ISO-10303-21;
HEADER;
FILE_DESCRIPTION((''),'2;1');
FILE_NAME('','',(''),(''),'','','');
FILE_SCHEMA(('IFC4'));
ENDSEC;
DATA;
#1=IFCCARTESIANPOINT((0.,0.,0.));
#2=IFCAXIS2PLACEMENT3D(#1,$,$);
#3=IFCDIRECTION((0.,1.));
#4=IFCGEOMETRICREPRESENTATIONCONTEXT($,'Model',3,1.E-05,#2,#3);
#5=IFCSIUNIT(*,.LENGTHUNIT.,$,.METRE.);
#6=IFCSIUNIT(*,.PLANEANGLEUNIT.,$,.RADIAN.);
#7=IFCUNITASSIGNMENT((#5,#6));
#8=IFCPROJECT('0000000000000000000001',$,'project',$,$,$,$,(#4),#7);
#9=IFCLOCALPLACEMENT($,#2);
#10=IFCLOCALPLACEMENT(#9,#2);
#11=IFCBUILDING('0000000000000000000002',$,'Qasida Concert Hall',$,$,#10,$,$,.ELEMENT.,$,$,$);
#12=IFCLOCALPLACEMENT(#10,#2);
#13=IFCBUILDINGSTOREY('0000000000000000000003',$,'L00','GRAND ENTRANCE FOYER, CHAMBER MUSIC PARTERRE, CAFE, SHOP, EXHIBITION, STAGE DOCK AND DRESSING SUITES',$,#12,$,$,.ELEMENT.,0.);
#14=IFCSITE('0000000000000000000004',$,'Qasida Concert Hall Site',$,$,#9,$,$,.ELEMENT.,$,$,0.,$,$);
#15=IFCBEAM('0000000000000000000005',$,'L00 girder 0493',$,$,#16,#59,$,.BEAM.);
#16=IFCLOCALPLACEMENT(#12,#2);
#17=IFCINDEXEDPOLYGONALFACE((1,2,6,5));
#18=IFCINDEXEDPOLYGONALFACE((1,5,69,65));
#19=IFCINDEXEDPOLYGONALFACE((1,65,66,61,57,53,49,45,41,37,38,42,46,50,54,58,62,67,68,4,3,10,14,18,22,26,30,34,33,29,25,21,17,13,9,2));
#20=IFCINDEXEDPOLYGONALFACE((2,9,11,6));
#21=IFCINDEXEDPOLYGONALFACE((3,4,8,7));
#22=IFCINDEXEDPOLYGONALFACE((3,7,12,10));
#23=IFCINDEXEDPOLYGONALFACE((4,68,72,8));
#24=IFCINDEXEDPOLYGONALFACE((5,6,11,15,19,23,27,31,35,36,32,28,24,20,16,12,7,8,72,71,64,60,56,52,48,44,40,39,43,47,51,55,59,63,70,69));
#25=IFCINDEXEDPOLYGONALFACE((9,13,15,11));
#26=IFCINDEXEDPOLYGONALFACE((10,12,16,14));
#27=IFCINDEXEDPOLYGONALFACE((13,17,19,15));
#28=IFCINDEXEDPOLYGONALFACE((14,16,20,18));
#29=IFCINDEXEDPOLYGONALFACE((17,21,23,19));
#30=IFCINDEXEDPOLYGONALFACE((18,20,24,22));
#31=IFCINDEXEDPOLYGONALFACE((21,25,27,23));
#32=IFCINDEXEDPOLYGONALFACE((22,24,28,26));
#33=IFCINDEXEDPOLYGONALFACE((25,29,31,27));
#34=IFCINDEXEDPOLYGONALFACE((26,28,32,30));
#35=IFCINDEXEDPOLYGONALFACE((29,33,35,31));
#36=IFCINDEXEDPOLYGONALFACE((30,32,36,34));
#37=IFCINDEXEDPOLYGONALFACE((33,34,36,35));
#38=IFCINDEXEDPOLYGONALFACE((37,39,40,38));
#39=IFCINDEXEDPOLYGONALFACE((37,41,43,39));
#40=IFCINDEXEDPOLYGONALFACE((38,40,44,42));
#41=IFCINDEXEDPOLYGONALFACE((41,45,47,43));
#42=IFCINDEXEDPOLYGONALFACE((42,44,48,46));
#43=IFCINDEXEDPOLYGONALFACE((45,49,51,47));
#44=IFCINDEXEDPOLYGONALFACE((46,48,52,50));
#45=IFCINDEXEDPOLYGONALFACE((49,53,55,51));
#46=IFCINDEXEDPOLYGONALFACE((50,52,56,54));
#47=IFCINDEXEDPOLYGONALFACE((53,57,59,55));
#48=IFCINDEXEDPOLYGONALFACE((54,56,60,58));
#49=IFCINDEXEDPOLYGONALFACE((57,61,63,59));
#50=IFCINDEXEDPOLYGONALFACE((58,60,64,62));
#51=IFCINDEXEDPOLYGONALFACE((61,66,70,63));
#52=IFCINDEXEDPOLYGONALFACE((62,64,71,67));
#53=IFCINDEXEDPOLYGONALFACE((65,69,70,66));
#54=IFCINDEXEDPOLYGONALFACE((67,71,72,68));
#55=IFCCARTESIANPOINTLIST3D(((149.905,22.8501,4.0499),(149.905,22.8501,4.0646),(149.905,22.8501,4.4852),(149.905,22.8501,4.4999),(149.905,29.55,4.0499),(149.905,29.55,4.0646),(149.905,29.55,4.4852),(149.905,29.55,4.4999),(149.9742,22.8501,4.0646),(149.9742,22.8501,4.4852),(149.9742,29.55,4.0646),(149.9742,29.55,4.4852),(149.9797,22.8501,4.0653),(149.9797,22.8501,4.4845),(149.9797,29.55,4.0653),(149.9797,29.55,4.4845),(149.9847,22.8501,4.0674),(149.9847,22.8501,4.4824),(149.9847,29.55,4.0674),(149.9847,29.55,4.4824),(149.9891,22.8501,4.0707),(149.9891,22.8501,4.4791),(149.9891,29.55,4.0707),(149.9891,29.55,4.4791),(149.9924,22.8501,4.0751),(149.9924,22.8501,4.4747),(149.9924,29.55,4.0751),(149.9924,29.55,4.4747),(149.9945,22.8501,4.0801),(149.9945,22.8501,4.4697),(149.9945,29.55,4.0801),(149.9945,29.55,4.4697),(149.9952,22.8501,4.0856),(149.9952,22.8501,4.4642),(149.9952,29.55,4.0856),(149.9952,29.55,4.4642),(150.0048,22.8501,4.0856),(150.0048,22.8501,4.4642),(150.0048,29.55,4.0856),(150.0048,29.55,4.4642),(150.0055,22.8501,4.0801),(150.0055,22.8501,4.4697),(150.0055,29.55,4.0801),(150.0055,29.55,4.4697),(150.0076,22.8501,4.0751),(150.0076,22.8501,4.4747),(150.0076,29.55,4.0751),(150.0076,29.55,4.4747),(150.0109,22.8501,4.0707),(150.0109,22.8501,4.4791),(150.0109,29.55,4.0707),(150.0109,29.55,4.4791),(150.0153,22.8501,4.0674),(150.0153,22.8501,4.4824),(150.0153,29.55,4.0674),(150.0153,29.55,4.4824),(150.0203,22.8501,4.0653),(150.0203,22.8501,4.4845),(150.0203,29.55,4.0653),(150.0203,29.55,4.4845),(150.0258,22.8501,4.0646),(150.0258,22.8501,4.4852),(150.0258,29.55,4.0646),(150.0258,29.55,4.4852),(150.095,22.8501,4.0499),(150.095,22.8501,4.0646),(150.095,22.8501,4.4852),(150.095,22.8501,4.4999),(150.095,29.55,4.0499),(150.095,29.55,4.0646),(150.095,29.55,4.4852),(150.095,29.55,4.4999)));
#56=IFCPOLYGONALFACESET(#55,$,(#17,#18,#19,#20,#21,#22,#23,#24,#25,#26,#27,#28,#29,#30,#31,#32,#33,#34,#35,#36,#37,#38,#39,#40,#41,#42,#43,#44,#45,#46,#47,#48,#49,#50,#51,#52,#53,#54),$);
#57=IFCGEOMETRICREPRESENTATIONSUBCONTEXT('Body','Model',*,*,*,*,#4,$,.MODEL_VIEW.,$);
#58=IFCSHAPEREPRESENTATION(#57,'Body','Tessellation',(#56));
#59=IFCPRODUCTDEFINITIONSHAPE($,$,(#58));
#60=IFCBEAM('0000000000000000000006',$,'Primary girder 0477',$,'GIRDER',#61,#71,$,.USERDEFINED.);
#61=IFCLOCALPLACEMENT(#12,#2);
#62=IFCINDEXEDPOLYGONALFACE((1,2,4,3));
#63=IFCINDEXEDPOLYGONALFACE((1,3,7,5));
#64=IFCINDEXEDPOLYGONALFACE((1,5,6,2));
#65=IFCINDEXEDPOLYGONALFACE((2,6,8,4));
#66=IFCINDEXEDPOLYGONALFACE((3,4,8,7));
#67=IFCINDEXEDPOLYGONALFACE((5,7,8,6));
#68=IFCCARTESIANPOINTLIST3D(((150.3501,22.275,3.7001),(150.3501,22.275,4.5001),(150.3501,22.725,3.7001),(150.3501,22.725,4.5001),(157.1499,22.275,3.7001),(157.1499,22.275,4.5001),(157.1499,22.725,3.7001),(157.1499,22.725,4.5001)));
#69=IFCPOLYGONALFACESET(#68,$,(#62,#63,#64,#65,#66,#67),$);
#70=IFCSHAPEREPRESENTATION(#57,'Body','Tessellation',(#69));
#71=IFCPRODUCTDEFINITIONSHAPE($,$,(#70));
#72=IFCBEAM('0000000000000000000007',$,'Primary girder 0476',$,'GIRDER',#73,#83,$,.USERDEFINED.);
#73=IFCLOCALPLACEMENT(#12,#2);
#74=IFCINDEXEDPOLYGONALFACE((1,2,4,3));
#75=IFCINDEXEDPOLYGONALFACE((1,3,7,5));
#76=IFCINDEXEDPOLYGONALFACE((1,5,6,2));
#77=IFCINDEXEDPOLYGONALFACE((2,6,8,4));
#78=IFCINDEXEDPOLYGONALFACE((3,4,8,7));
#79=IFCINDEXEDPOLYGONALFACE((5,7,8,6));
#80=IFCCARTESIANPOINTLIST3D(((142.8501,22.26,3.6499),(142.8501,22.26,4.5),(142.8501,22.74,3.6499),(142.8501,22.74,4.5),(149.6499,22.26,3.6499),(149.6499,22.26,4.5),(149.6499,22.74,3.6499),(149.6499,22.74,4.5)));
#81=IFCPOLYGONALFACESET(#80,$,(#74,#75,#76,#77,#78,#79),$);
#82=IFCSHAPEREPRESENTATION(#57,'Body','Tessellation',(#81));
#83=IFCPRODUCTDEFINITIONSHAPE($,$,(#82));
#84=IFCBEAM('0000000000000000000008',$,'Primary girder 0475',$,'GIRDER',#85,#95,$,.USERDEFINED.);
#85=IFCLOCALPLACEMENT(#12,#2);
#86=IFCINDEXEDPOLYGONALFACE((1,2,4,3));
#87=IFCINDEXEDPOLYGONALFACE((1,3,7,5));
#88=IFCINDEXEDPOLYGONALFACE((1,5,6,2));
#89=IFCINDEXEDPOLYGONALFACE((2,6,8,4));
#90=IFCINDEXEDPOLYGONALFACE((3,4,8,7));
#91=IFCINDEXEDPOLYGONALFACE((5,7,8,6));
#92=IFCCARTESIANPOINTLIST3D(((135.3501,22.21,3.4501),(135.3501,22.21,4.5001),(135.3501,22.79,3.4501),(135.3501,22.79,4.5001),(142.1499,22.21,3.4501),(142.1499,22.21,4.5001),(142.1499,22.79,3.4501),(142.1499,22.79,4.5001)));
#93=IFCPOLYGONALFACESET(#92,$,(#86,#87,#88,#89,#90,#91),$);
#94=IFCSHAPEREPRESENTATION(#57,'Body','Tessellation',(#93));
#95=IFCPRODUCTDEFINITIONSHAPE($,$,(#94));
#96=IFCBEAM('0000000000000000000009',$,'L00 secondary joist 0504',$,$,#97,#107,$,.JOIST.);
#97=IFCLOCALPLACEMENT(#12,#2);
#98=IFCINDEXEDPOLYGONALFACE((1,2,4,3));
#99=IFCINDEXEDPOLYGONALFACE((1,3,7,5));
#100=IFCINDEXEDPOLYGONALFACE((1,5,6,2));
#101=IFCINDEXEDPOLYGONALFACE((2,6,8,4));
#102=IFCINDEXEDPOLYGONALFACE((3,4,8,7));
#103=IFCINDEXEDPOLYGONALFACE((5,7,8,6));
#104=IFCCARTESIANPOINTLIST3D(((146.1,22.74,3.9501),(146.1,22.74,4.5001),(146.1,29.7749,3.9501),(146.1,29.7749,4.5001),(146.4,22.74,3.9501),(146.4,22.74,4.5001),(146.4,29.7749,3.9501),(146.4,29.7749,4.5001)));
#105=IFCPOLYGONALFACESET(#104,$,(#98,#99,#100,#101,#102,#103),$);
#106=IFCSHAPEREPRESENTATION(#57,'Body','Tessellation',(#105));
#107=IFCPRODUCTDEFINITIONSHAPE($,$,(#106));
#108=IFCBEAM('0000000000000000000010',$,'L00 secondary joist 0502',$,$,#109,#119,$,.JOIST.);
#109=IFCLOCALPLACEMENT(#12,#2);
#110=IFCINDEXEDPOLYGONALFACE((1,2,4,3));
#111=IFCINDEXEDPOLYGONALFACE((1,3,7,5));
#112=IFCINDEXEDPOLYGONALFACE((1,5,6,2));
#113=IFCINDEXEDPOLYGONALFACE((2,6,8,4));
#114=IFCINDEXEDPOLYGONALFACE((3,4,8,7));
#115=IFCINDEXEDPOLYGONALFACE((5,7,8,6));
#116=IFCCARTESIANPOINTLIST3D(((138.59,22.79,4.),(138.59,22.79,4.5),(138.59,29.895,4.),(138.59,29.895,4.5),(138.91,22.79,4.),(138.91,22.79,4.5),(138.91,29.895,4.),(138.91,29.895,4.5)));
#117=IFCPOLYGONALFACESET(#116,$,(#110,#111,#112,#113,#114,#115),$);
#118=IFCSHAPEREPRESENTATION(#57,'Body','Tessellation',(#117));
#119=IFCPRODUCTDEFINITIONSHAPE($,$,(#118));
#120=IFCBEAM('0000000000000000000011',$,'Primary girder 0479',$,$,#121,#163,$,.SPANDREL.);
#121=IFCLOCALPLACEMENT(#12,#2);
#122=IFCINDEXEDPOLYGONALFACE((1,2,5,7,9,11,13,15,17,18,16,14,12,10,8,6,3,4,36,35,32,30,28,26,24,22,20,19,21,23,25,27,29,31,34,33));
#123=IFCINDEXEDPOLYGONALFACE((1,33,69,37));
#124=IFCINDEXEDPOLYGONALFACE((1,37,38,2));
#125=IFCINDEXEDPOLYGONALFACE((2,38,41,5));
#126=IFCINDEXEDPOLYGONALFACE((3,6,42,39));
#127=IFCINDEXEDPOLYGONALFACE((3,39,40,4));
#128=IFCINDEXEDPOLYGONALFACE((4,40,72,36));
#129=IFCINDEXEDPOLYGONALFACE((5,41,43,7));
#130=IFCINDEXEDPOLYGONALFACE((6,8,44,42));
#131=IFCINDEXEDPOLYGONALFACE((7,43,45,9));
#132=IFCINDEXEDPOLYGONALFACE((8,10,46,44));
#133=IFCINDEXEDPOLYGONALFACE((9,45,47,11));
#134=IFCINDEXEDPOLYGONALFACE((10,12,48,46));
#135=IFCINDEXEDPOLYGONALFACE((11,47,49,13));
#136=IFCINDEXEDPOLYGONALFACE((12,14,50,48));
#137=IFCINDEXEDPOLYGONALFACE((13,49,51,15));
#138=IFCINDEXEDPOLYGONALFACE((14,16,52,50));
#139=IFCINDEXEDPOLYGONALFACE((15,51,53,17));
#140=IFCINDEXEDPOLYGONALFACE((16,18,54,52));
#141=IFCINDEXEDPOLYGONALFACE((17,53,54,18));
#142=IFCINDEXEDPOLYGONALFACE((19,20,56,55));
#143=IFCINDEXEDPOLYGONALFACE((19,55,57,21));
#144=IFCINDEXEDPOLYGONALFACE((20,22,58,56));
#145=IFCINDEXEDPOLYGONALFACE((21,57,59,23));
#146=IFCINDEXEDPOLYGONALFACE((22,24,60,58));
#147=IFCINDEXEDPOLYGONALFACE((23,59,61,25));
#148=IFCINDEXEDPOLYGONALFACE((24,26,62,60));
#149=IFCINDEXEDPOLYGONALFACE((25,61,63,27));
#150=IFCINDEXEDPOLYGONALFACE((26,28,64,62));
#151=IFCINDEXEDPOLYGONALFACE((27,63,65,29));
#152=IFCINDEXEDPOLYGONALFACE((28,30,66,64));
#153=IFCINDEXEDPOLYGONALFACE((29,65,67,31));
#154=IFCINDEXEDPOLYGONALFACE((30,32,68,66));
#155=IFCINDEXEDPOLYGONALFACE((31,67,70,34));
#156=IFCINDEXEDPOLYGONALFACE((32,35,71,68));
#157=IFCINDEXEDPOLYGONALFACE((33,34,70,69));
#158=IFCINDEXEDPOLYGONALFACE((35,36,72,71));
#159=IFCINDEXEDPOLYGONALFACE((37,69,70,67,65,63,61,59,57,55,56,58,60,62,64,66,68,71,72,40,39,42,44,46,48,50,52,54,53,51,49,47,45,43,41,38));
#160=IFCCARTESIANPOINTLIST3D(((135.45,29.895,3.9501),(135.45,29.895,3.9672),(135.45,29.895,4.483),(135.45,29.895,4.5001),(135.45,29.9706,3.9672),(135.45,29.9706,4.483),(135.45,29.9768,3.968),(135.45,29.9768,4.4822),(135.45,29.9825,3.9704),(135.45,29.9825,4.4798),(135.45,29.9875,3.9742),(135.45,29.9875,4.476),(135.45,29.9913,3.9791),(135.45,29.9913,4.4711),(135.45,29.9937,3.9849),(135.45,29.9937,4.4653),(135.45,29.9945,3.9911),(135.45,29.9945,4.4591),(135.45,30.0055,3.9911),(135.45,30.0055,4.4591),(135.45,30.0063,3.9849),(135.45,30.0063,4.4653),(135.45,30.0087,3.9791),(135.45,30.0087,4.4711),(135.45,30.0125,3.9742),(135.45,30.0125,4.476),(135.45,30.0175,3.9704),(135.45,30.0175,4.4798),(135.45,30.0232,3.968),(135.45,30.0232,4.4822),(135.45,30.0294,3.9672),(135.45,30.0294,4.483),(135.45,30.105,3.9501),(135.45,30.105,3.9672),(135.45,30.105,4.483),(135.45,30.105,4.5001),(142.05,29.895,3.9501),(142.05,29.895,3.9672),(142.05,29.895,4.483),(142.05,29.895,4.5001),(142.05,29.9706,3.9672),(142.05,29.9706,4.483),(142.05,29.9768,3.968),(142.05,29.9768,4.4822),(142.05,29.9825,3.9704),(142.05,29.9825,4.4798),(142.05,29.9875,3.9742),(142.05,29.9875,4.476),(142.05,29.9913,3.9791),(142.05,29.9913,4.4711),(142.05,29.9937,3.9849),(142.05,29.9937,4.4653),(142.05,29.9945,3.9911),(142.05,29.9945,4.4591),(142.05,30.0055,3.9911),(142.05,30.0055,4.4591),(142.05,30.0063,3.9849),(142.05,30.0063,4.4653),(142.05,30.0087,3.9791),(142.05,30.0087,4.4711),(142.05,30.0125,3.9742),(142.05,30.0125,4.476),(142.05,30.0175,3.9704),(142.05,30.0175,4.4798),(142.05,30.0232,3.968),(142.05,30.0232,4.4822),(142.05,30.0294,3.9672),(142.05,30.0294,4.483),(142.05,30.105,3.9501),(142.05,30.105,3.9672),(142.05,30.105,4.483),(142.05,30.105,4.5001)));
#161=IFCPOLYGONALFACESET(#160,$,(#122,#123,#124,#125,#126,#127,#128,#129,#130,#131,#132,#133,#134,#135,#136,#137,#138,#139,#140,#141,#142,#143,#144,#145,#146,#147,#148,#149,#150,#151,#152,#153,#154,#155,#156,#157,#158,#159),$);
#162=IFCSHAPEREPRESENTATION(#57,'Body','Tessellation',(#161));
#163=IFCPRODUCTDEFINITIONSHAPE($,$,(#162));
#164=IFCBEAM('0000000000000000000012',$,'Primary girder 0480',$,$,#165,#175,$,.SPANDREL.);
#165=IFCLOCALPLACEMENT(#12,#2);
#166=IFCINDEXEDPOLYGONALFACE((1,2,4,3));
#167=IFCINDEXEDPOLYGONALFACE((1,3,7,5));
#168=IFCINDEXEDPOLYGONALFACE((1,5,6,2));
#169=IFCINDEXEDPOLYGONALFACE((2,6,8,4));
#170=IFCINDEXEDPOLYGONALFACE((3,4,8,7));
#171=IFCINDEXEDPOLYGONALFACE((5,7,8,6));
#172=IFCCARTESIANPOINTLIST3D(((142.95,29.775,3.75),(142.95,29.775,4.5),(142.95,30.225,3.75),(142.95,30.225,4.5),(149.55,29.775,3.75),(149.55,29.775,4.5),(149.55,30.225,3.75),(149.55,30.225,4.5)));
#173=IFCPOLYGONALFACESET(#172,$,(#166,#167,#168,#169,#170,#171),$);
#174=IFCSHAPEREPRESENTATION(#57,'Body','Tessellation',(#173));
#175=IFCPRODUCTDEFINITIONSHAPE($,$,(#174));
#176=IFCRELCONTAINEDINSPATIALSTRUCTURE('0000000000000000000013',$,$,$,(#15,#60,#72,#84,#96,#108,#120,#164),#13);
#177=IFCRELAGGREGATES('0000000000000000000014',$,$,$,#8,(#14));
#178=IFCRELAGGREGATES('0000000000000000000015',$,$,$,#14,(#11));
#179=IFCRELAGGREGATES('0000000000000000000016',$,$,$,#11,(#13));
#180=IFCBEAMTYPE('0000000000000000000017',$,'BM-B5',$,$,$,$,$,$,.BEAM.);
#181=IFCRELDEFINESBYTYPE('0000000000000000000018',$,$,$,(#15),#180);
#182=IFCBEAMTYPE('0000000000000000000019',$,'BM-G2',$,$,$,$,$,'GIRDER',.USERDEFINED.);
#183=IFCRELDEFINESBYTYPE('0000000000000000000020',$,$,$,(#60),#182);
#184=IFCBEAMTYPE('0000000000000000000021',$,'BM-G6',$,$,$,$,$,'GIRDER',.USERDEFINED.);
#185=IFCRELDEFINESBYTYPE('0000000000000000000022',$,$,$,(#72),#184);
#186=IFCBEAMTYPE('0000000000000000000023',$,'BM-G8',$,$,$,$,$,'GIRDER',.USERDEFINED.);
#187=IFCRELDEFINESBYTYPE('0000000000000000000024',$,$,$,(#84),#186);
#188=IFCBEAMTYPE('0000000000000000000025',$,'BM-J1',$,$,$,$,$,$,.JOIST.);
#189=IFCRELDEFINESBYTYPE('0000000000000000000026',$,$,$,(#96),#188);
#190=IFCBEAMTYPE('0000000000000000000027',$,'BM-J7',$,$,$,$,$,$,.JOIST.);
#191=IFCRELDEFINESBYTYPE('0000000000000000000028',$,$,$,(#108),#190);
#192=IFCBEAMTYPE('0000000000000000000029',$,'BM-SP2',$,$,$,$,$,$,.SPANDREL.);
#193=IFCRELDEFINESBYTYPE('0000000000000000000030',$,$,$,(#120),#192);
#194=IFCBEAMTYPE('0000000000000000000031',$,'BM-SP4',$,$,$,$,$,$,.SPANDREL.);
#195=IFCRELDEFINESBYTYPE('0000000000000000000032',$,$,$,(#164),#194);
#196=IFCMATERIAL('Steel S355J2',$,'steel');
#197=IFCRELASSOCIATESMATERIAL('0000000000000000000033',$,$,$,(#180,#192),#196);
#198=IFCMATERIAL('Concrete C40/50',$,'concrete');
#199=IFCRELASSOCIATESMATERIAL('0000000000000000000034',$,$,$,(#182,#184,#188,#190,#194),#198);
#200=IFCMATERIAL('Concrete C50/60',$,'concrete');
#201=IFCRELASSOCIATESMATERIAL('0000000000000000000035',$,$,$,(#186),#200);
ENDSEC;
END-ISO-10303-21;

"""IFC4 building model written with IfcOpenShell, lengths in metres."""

from ifc_helpers import new_model, si_unit, direction, frame, origin, origin_2d, place, context, subcontext, project, spatial, rectangle, i_section, extrude, material, material_profile, profile_set, type_object, element, save


model = new_model("IFC4")

# Units and contexts
model_context = context("Model", 3, precision=1e-05, world=origin(), true_north=direction((0.0, 1.0)))
body_context = subcontext(model_context, "Body", "Model", "MODEL_VIEW")
ifc_project = project(units=[si_unit("LENGTHUNIT", "METRE"), si_unit("PLANEANGLEUNIT", "RADIAN")], contexts=[model_context])

# Site, building, storey
site_placement = place(None, origin())
site = spatial("IfcSite", under=ifc_project, at=site_placement, Name="Qasida Concert Hall Site", CompositionType="ELEMENT", RefElevation=0.0)
building_placement = place(site_placement, origin())
building = spatial("IfcBuilding", under=site, at=building_placement, Name="Qasida Concert Hall", CompositionType="ELEMENT")
storey_placement = place(building_placement, origin())
storey = spatial("IfcBuildingStorey", under=building, at=storey_placement, Name="L00", Description="GRAND ENTRANCE FOYER, CHAMBER MUSIC PARTERRE, CAFE, SHOP, EXHIBITION, STAGE DOCK AND DRESSING SUITES", CompositionType="ELEMENT", Elevation=0.0)

# Shared definitions
ifc_material_1 = material(Name="Concrete C50/60", Category="concrete")

# Beams
ifc_material_2 = material(Name="Concrete C40/50", Category="concrete")
ifc_material_3 = material(Name="Steel S355J2", Category="steel")
ifc_material_profile_1 = material_profile(ifc_material_3, i_section(OverallWidth=0.1899, OverallDepth=0.45, WebThickness=0.0095, FlangeThickness=0.0146, FilletRadius=0.021, at=origin_2d()), Name="IPE 450")
ifc_profile_set_1 = profile_set([ifc_material_profile_1], Name="Steel S355J2")
beam_type_1 = type_object("IfcBeamType", Name="BM-B5", PredefinedType="BEAM", material=ifc_profile_set_1)
beam_1_placement = place(storey_placement, frame((150.0, 22.8501, 4.2749), z_axis=(0.0, 1.0, 0.0), x_axis=(-1.0, 0.0, 0.0)))
element("IfcBeam", 1, at=beam_1_placement, inside=storey, type_object=beam_type_1, Name="L00 girder 0493", PredefinedType="BEAM", context=body_context, shape_type="SweptSolid", body=[
    extrude(i_section(OverallWidth=0.1899, OverallDepth=0.45, WebThickness=0.0095, FlangeThickness=0.0146, FilletRadius=0.021, at=origin_2d()), origin(), (0.0, 0.0, 1.0), 6.7),
])
ifc_material_profile_2 = material_profile(ifc_material_2, rectangle(XDim=0.45, YDim=0.8, at=origin_2d()), Name="RC 450x800")
ifc_profile_set_2 = profile_set([ifc_material_profile_2], Name="Concrete C40/50")
beam_type_2 = type_object("IfcBeamType", Name="BM-G2", ElementType="GIRDER", PredefinedType="USERDEFINED", material=ifc_profile_set_2)
beam_2_placement = place(storey_placement, frame((150.3501, 22.5, 4.1001), z_axis=(1.0, 0.0, 0.0), x_axis=(0.0, 1.0, 0.0)))
element("IfcBeam", 2, at=beam_2_placement, inside=storey, type_object=beam_type_2, Name="Primary girder 0477", ObjectType="GIRDER", PredefinedType="USERDEFINED", context=body_context, shape_type="SweptSolid", body=[
    extrude(rectangle(XDim=0.45, YDim=0.8, at=origin_2d()), origin(), (0.0, 0.0, 1.0), 6.7998),
])
ifc_material_profile_3 = material_profile(ifc_material_2, rectangle(XDim=0.48, YDim=0.8501, at=origin_2d()), Name="RC 480x850")
ifc_profile_set_3 = profile_set([ifc_material_profile_3], Name="Concrete C40/50")
beam_type_3 = type_object("IfcBeamType", Name="BM-G6", ElementType="GIRDER", PredefinedType="USERDEFINED", material=ifc_profile_set_3)
beam_3_placement = place(storey_placement, frame((142.8501, 22.5, 4.075), z_axis=(1.0, 0.0, 0.0), x_axis=(0.0, 1.0, 0.0)))
element("IfcBeam", 3, at=beam_3_placement, inside=storey, type_object=beam_type_3, Name="Primary girder 0476", ObjectType="GIRDER", PredefinedType="USERDEFINED", context=body_context, shape_type="SweptSolid", body=[
    extrude(rectangle(XDim=0.48, YDim=0.8501, at=origin_2d()), origin(), (0.0, 0.0, 1.0), 6.7998),
])
ifc_material_profile_4 = material_profile(ifc_material_1, rectangle(XDim=0.5801, YDim=1.05, at=origin_2d()), Name="RC 580x1050")
ifc_profile_set_4 = profile_set([ifc_material_profile_4], Name="Concrete C50/60")
beam_type_4 = type_object("IfcBeamType", Name="BM-G8", ElementType="GIRDER", PredefinedType="USERDEFINED", material=ifc_profile_set_4)
beam_4_placement = place(storey_placement, frame((135.3501, 22.5, 3.9751), z_axis=(1.0, 0.0, 0.0), x_axis=(0.0, 1.0, 0.0)))
element("IfcBeam", 4, at=beam_4_placement, inside=storey, type_object=beam_type_4, Name="Primary girder 0475", ObjectType="GIRDER", PredefinedType="USERDEFINED", context=body_context, shape_type="SweptSolid", body=[
    extrude(rectangle(XDim=0.5801, YDim=1.05, at=origin_2d()), origin(), (0.0, 0.0, 1.0), 6.7998),
])
ifc_material_profile_5 = material_profile(ifc_material_2, rectangle(XDim=0.3, YDim=0.55, at=origin_2d()), Name="RC 300x550")
ifc_profile_set_5 = profile_set([ifc_material_profile_5], Name="Concrete C40/50")
beam_type_5 = type_object("IfcBeamType", Name="BM-J1", PredefinedType="JOIST", material=ifc_profile_set_5)
beam_5_placement = place(storey_placement, frame((146.25, 22.74, 4.2251), z_axis=(0.0, 1.0, 0.0), x_axis=(-1.0, 0.0, 0.0)))
element("IfcBeam", 5, at=beam_5_placement, inside=storey, type_object=beam_type_5, Name="L00 secondary joist 0504", PredefinedType="JOIST", context=body_context, shape_type="SweptSolid", body=[
    extrude(rectangle(XDim=0.3, YDim=0.55, at=origin_2d()), origin(), (0.0, 0.0, 1.0), 7.0349),
])
ifc_material_profile_6 = material_profile(ifc_material_2, rectangle(XDim=0.3201, YDim=0.5, at=origin_2d()), Name="RC 320x500")
ifc_profile_set_6 = profile_set([ifc_material_profile_6], Name="Concrete C40/50")
beam_type_6 = type_object("IfcBeamType", Name="BM-J7", PredefinedType="JOIST", material=ifc_profile_set_6)
beam_6_placement = place(storey_placement, frame((138.75, 22.79, 4.25), z_axis=(0.0, 1.0, 0.0), x_axis=(-1.0, 0.0, 0.0)))
element("IfcBeam", 6, at=beam_6_placement, inside=storey, type_object=beam_type_6, Name="L00 secondary joist 0502", PredefinedType="JOIST", context=body_context, shape_type="SweptSolid", body=[
    extrude(rectangle(XDim=0.3201, YDim=0.5, at=origin_2d()), origin(), (0.0, 0.0, 1.0), 7.105),
])
ifc_material_profile_7 = material_profile(ifc_material_3, i_section(OverallWidth=0.21, OverallDepth=0.55, WebThickness=0.011, FlangeThickness=0.0171, FilletRadius=0.0239, at=origin_2d()), Name="IPE 550")
ifc_profile_set_7 = profile_set([ifc_material_profile_7], Name="Steel S355J2")
beam_type_7 = type_object("IfcBeamType", Name="BM-SP2", PredefinedType="SPANDREL", material=ifc_profile_set_7)
beam_7_placement = place(storey_placement, frame((135.45, 30.0, 4.2251), z_axis=(1.0, 0.0, 0.0), x_axis=(0.0, 1.0, 0.0)))
element("IfcBeam", 7, at=beam_7_placement, inside=storey, type_object=beam_type_7, Name="Primary girder 0479", PredefinedType="SPANDREL", context=body_context, shape_type="SweptSolid", body=[
    extrude(i_section(OverallWidth=0.21, OverallDepth=0.55, WebThickness=0.011, FlangeThickness=0.0171, FilletRadius=0.0239, at=origin_2d()), origin(), (0.0, 0.0, 1.0), 6.6001),
])
ifc_material_profile_8 = material_profile(ifc_material_2, rectangle(XDim=0.45, YDim=0.75, at=origin_2d()), Name="RC 450x750")
ifc_profile_set_8 = profile_set([ifc_material_profile_8], Name="Concrete C40/50")
beam_type_8 = type_object("IfcBeamType", Name="BM-SP4", PredefinedType="SPANDREL", material=ifc_profile_set_8)
beam_8_placement = place(storey_placement, frame((142.95, 30.0, 4.125), z_axis=(1.0, 0.0, 0.0), x_axis=(0.0, 1.0, 0.0)))
element("IfcBeam", 8, at=beam_8_placement, inside=storey, type_object=beam_type_8, Name="Primary girder 0480", PredefinedType="SPANDREL", context=body_context, shape_type="SweptSolid", body=[
    extrude(rectangle(XDim=0.45, YDim=0.75, at=origin_2d()), origin(), (0.0, 0.0, 1.0), 6.6001),
])

save(model, "model.ifc")
